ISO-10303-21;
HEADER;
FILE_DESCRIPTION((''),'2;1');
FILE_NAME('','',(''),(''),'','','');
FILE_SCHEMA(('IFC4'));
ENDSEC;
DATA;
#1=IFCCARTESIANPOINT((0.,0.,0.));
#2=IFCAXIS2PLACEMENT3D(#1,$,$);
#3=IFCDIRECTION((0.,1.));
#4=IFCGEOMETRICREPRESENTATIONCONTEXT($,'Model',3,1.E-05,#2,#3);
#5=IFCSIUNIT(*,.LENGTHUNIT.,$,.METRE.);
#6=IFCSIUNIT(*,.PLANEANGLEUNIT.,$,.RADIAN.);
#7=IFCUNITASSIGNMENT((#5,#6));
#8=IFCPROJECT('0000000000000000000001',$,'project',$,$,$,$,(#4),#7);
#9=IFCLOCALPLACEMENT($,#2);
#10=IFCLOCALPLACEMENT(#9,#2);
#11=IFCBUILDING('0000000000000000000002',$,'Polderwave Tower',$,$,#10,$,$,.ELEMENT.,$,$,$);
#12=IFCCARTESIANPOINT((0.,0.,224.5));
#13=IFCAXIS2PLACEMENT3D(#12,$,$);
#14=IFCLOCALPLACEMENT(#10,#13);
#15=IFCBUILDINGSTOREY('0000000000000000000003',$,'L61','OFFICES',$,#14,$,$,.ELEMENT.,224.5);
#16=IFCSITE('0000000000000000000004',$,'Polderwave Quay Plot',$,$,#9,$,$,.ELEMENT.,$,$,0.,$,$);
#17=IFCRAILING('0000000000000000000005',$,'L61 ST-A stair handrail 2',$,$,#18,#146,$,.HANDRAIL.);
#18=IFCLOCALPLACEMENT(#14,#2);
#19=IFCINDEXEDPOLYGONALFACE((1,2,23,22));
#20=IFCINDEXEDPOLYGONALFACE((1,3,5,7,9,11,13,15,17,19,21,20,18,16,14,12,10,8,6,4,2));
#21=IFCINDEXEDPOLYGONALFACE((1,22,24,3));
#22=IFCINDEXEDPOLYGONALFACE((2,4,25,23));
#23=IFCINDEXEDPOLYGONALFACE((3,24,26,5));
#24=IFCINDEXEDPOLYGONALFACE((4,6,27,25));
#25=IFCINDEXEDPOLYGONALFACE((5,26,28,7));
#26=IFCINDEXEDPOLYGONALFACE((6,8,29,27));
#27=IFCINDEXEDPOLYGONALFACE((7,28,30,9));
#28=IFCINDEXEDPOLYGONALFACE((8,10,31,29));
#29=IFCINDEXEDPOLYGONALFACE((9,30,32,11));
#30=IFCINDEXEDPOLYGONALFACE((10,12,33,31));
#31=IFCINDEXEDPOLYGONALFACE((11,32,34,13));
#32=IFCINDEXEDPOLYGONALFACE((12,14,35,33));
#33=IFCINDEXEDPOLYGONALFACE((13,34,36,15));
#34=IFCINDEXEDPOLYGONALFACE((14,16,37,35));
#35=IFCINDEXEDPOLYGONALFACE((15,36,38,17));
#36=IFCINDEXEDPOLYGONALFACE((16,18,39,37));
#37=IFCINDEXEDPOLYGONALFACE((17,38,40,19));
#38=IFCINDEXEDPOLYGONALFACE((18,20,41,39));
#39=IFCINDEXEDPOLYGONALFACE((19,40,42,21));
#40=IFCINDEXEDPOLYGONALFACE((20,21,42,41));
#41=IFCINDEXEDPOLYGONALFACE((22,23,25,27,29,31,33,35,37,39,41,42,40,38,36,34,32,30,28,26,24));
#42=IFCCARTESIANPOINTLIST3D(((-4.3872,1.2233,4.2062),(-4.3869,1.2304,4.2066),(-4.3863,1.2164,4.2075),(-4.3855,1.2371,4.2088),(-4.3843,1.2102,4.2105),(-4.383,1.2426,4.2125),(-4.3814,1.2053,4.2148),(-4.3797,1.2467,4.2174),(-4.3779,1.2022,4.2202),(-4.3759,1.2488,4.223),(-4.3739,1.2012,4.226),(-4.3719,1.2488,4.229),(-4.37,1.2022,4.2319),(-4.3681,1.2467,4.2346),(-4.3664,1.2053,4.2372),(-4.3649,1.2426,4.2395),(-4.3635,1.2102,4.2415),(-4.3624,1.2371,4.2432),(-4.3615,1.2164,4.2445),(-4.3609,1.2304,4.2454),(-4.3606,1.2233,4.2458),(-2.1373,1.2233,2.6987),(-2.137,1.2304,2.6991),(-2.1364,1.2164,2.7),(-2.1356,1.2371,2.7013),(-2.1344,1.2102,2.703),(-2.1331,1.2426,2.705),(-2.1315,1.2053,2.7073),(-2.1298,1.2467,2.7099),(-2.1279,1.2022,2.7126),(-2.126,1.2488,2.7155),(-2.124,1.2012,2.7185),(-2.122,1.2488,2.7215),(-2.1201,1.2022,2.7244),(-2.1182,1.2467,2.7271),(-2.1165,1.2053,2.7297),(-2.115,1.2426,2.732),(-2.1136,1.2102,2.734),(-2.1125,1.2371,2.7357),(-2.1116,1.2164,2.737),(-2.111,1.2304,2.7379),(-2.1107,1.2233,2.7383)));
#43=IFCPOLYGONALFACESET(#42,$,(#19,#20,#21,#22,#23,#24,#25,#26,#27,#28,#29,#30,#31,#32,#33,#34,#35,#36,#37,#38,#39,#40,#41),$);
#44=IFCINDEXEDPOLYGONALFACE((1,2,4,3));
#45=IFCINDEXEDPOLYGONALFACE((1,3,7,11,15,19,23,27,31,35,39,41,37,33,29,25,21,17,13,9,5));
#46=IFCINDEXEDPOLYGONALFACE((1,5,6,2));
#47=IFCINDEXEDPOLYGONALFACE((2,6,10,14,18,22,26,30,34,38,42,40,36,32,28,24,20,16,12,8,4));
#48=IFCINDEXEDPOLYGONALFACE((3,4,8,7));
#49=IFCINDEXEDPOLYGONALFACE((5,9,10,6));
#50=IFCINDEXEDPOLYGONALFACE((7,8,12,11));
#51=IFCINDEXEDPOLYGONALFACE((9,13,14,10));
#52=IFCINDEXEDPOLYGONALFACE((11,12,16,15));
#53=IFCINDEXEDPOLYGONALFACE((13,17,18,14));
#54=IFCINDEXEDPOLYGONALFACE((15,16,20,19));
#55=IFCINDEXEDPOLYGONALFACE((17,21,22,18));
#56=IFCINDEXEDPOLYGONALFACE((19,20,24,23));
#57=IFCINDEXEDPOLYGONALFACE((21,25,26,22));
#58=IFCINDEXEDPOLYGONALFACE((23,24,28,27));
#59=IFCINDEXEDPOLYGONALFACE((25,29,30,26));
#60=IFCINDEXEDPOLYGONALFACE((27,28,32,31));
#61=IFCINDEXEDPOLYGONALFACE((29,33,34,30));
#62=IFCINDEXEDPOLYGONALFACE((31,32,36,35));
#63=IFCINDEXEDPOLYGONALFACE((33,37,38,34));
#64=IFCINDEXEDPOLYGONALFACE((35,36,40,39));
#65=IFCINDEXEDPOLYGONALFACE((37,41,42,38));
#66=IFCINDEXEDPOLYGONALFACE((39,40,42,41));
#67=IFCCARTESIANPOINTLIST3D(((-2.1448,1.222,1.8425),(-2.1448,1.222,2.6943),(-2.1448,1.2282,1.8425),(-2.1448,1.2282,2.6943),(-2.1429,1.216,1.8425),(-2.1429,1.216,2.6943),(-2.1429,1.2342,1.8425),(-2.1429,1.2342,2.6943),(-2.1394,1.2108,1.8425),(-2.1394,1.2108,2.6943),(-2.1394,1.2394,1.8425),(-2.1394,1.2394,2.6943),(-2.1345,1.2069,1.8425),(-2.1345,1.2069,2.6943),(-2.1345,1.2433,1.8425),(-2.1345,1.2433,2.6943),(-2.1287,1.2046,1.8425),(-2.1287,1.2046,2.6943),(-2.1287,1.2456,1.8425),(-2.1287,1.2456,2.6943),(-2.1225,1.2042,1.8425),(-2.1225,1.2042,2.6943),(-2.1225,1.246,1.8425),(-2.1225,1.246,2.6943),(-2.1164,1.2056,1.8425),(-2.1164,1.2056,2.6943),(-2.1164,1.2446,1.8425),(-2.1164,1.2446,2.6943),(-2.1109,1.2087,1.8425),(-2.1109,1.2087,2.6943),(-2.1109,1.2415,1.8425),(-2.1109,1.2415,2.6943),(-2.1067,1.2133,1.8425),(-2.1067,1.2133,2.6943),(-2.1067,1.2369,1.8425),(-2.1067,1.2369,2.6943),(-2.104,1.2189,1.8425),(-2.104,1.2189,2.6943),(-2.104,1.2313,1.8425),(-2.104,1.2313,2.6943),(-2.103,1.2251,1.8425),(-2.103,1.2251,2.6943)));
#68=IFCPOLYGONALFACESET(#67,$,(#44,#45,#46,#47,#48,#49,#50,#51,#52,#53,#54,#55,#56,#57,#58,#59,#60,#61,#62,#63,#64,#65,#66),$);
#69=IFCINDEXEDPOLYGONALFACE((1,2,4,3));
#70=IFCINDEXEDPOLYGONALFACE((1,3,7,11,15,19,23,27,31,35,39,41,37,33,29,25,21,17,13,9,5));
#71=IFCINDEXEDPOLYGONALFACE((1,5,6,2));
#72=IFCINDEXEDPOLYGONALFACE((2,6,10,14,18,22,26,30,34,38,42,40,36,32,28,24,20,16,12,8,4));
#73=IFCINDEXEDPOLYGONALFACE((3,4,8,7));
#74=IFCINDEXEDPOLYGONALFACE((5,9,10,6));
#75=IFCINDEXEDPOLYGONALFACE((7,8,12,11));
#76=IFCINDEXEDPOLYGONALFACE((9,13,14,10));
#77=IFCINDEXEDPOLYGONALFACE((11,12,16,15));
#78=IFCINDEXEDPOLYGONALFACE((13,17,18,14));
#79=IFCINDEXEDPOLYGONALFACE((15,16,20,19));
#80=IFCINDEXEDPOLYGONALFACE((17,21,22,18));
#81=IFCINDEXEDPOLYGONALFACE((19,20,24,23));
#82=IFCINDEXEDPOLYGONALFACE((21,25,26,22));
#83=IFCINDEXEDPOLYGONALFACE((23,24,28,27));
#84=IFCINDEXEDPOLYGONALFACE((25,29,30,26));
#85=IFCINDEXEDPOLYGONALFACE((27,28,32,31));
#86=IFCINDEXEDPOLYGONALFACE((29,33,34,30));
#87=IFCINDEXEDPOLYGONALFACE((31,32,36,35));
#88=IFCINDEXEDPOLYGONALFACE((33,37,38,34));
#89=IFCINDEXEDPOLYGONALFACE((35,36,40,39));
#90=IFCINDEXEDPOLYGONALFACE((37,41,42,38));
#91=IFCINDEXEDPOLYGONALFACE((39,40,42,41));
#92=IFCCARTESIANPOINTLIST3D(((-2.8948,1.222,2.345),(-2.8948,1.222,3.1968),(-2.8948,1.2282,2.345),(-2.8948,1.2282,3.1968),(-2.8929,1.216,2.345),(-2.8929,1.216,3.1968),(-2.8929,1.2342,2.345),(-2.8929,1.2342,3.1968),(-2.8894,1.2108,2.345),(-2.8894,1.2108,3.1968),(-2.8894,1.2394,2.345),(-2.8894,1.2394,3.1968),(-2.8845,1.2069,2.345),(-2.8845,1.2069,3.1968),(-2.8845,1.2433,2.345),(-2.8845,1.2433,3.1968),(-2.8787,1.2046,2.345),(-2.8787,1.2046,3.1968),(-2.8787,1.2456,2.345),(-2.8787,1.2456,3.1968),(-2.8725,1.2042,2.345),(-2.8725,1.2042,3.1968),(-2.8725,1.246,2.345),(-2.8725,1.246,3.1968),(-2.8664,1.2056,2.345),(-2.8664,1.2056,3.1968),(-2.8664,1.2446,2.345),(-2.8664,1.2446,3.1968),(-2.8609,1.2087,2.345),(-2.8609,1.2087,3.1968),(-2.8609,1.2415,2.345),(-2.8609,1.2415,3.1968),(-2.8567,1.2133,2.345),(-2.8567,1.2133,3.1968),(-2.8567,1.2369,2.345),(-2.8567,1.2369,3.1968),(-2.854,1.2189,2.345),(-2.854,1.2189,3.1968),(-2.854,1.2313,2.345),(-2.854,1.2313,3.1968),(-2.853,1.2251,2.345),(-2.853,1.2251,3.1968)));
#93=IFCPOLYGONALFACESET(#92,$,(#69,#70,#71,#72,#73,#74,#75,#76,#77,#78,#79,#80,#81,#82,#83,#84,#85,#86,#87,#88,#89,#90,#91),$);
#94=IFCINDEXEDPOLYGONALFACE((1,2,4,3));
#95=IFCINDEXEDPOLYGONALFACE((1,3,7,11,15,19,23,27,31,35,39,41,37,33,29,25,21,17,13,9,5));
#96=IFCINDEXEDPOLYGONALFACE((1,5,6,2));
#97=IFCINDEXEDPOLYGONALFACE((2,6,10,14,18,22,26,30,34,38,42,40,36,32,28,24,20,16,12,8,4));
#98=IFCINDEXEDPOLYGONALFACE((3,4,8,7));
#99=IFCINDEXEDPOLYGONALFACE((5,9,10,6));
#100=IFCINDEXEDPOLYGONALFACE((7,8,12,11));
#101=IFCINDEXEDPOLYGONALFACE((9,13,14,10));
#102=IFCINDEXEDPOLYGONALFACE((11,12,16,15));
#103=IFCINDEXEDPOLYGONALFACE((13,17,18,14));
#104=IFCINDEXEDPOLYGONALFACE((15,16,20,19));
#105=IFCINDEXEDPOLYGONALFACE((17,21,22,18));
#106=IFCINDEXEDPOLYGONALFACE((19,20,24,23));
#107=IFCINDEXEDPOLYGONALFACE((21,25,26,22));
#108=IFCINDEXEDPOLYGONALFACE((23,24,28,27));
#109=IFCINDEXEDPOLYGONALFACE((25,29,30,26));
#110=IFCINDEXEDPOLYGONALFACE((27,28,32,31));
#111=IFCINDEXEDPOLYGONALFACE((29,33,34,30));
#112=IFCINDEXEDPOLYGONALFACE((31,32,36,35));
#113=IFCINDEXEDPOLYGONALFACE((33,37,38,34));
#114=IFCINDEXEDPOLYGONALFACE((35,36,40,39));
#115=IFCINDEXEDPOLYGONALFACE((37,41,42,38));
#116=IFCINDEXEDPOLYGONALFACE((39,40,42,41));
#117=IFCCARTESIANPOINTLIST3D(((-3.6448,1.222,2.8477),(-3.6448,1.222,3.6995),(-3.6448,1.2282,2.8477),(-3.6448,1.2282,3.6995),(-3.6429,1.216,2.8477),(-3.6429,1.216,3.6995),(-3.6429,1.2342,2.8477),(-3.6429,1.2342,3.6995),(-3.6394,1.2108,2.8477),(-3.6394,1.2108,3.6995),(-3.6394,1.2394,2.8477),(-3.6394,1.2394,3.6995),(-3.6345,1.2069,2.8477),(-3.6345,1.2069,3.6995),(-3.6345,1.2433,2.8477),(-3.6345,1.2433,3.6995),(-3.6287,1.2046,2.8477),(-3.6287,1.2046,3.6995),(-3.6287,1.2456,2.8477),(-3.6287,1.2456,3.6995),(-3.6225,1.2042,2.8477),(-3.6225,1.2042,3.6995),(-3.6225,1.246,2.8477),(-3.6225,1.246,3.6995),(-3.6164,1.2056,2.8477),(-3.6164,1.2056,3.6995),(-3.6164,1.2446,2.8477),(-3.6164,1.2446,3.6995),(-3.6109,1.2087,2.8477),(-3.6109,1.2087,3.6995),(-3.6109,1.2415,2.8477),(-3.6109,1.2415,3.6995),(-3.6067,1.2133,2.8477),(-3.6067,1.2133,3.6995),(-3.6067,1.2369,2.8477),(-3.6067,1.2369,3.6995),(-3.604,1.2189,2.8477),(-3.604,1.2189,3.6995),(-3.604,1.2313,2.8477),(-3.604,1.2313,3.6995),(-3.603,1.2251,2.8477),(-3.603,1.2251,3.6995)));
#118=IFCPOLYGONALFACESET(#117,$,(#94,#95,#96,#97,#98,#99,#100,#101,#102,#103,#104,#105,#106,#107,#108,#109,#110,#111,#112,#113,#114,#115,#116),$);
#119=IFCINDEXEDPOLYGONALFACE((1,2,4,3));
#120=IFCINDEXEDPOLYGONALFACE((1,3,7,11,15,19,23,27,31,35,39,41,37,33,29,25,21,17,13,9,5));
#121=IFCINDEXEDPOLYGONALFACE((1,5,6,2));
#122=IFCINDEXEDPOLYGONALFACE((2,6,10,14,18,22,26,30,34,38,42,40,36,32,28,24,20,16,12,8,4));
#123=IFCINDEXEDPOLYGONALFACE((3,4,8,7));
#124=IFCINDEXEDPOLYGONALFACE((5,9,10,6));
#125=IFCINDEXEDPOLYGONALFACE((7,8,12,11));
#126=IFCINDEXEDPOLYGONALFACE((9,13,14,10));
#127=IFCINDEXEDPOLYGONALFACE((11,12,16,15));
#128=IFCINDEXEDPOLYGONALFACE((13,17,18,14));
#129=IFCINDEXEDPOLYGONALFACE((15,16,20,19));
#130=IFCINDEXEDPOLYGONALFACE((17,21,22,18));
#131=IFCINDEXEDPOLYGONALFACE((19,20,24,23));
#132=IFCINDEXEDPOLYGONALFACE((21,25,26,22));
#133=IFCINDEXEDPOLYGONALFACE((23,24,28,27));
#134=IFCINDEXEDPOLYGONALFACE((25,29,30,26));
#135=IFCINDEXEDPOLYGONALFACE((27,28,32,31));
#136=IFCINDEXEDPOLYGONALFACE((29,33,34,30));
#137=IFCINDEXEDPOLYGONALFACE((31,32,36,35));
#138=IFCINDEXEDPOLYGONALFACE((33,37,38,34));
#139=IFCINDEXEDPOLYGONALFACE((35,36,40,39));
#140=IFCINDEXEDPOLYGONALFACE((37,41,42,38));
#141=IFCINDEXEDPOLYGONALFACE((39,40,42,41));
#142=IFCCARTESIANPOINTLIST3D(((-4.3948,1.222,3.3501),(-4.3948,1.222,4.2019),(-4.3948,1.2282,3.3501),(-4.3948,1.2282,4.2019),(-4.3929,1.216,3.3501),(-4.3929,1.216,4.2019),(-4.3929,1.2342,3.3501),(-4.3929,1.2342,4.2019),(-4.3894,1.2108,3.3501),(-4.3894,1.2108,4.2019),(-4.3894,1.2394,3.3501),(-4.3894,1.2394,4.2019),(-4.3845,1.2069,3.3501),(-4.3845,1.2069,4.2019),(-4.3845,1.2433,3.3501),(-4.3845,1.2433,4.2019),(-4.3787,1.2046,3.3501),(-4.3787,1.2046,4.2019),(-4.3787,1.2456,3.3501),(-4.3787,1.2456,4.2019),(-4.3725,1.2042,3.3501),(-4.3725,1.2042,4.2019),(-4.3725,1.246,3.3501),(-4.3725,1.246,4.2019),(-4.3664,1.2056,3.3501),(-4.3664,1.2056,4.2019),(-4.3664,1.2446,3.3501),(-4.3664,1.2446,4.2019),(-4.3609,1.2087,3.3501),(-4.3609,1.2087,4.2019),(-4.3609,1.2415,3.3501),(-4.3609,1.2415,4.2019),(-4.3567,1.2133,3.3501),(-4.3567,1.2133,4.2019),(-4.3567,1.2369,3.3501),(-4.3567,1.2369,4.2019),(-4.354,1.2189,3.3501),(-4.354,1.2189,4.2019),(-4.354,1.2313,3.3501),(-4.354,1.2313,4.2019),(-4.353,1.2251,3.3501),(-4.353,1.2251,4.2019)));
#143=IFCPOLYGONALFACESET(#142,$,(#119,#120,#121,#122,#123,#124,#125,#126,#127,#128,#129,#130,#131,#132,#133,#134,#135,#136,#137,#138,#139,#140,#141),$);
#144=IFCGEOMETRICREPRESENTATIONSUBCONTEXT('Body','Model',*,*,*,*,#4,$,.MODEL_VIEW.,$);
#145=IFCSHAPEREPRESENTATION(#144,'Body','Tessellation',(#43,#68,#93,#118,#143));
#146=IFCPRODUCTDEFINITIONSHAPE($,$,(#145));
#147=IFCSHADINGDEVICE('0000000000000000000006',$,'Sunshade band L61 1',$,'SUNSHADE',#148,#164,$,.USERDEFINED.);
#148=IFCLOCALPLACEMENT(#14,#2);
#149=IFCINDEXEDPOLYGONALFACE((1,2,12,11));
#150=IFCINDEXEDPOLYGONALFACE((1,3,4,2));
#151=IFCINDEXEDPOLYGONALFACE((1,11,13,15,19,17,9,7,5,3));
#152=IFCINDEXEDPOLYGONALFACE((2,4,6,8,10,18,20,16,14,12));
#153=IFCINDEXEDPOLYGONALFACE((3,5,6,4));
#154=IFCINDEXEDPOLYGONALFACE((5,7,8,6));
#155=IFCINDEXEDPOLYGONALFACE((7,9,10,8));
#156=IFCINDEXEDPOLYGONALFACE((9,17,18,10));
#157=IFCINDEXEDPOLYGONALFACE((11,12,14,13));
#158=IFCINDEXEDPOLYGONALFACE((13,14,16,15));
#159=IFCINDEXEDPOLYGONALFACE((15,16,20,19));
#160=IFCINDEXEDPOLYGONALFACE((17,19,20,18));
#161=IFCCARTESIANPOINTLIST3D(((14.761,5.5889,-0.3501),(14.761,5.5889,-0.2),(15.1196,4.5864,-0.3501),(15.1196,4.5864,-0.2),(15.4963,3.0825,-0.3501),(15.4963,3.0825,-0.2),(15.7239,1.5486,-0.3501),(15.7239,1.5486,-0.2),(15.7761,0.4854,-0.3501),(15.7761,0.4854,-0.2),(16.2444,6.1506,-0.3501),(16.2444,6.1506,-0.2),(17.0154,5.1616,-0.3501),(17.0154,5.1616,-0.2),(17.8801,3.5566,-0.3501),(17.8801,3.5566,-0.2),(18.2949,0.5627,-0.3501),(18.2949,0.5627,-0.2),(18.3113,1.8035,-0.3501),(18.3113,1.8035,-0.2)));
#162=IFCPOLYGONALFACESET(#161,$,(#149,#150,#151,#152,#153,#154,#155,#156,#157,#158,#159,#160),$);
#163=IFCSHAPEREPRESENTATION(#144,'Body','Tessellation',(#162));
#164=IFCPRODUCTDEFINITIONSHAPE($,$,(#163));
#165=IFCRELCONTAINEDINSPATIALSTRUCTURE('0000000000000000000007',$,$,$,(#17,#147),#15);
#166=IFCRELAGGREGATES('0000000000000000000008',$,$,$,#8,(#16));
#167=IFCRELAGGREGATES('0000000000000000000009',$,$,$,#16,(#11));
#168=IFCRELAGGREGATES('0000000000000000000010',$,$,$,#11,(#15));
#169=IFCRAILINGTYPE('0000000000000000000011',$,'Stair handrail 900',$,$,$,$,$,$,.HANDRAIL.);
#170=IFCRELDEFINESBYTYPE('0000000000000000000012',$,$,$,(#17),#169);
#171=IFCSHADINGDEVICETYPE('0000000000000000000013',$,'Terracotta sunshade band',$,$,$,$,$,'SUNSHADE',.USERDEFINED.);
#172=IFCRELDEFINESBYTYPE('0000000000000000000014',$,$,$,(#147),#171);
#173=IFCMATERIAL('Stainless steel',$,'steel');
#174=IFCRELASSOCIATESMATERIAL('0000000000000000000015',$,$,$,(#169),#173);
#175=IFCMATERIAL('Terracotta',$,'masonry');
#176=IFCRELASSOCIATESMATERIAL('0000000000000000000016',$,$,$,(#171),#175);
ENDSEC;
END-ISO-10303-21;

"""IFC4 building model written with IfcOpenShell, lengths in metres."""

from ifc_helpers import new_model, si_unit, direction, frame, origin, origin_2d, place, context, subcontext, project, spatial, polyline, circle, outline, extrude, material, type_object, element, save


model = new_model("IFC4")

# Units and contexts
model_context = context("Model", 3, precision=1e-05, world=origin(), true_north=direction((0.0, 1.0)))
body_context = subcontext(model_context, "Body", "Model", "MODEL_VIEW")
ifc_project = project(units=[si_unit("LENGTHUNIT", "METRE"), si_unit("PLANEANGLEUNIT", "RADIAN")], contexts=[model_context])

# Site, building, storey
site_placement = place(None, origin())
site = spatial("IfcSite", under=ifc_project, at=site_placement, Name="Polderwave Quay Plot", CompositionType="ELEMENT", RefElevation=0.0)
building_placement = place(site_placement, origin())
building = spatial("IfcBuilding", under=site, at=building_placement, Name="Polderwave Tower", CompositionType="ELEMENT")
storey_placement = place(building_placement, frame((0.0, 0.0, 224.5)))
storey = spatial("IfcBuildingStorey", under=building, at=storey_placement, Name="L61", Description="OFFICES", CompositionType="ELEMENT", Elevation=224.5)

# Shared definitions
ifc_material_1 = material(Name="Stainless steel", Category="steel")

# Railing
railing_type_1 = type_object("IfcRailingType", Name="Stair handrail 900", PredefinedType="HANDRAIL", material=ifc_material_1)
railing_1_placement = place(storey_placement, frame((-2.124, 1.2251, 1.8425)))
element("IfcRailing", 1, at=railing_1_placement, inside=storey, type_object=railing_type_1, Name="L61 ST-A stair handrail 2", PredefinedType="HANDRAIL", context=body_context, shape_type="SweptSolid", body=[
    extrude(circle(Radius=0.0239, at=origin_2d()), frame((0.0, 0.0, 0.876), z_axis=(-0.830758, 0.0, 0.556633), x_axis=(0.0, -1.0, 0.0)), (0.0, 0.0, 1.0), 2.7083),
    extrude(circle(Radius=0.021, at=origin_2d()), origin(), (0.0, 0.0, 1.0), 0.8518),
    extrude(circle(Radius=0.021, at=origin_2d()), frame((-0.75, 0.0, 0.5024)), (0.0, 0.0, 1.0), 0.8518),
    extrude(circle(Radius=0.021, at=origin_2d()), frame((-1.5, 0.0, 1.0051)), (0.0, 0.0, 1.0), 0.8518),
    extrude(circle(Radius=0.021, at=origin_2d()), frame((-2.25, 0.0, 1.5076)), (0.0, 0.0, 1.0), 0.8518),
])

# Shading device
ifc_material_2 = material(Name="Terracotta", Category="masonry")
shading_device_type = type_object("IfcShadingDeviceType", Name="Terracotta sunshade band", ElementType="SUNSHADE", PredefinedType="USERDEFINED", material=ifc_material_2)
shading_device_placement = place(storey_placement, frame((0.0, 0.0, -0.3501)))
element("IfcShadingDevice", 2, at=shading_device_placement, inside=storey, type_object=shading_device_type, Name="Sunshade band L61 1", ObjectType="SUNSHADE", PredefinedType="USERDEFINED", context=body_context, shape_type="SweptSolid", body=[
    extrude(outline(polyline([(15.7761, 0.4854), (15.7239, 1.5486), (15.4963, 3.0825), (15.1196, 4.5864), (14.761, 5.5889), (16.2444, 6.1506), (17.0154, 5.1616), (17.8801, 3.5566), (18.3113, 1.8035), (18.2949, 0.5627), (15.7761, 0.4854)])), origin(), (0.0, 0.0, 1.0), 0.1501),
])

save(model, "model.ifc")
